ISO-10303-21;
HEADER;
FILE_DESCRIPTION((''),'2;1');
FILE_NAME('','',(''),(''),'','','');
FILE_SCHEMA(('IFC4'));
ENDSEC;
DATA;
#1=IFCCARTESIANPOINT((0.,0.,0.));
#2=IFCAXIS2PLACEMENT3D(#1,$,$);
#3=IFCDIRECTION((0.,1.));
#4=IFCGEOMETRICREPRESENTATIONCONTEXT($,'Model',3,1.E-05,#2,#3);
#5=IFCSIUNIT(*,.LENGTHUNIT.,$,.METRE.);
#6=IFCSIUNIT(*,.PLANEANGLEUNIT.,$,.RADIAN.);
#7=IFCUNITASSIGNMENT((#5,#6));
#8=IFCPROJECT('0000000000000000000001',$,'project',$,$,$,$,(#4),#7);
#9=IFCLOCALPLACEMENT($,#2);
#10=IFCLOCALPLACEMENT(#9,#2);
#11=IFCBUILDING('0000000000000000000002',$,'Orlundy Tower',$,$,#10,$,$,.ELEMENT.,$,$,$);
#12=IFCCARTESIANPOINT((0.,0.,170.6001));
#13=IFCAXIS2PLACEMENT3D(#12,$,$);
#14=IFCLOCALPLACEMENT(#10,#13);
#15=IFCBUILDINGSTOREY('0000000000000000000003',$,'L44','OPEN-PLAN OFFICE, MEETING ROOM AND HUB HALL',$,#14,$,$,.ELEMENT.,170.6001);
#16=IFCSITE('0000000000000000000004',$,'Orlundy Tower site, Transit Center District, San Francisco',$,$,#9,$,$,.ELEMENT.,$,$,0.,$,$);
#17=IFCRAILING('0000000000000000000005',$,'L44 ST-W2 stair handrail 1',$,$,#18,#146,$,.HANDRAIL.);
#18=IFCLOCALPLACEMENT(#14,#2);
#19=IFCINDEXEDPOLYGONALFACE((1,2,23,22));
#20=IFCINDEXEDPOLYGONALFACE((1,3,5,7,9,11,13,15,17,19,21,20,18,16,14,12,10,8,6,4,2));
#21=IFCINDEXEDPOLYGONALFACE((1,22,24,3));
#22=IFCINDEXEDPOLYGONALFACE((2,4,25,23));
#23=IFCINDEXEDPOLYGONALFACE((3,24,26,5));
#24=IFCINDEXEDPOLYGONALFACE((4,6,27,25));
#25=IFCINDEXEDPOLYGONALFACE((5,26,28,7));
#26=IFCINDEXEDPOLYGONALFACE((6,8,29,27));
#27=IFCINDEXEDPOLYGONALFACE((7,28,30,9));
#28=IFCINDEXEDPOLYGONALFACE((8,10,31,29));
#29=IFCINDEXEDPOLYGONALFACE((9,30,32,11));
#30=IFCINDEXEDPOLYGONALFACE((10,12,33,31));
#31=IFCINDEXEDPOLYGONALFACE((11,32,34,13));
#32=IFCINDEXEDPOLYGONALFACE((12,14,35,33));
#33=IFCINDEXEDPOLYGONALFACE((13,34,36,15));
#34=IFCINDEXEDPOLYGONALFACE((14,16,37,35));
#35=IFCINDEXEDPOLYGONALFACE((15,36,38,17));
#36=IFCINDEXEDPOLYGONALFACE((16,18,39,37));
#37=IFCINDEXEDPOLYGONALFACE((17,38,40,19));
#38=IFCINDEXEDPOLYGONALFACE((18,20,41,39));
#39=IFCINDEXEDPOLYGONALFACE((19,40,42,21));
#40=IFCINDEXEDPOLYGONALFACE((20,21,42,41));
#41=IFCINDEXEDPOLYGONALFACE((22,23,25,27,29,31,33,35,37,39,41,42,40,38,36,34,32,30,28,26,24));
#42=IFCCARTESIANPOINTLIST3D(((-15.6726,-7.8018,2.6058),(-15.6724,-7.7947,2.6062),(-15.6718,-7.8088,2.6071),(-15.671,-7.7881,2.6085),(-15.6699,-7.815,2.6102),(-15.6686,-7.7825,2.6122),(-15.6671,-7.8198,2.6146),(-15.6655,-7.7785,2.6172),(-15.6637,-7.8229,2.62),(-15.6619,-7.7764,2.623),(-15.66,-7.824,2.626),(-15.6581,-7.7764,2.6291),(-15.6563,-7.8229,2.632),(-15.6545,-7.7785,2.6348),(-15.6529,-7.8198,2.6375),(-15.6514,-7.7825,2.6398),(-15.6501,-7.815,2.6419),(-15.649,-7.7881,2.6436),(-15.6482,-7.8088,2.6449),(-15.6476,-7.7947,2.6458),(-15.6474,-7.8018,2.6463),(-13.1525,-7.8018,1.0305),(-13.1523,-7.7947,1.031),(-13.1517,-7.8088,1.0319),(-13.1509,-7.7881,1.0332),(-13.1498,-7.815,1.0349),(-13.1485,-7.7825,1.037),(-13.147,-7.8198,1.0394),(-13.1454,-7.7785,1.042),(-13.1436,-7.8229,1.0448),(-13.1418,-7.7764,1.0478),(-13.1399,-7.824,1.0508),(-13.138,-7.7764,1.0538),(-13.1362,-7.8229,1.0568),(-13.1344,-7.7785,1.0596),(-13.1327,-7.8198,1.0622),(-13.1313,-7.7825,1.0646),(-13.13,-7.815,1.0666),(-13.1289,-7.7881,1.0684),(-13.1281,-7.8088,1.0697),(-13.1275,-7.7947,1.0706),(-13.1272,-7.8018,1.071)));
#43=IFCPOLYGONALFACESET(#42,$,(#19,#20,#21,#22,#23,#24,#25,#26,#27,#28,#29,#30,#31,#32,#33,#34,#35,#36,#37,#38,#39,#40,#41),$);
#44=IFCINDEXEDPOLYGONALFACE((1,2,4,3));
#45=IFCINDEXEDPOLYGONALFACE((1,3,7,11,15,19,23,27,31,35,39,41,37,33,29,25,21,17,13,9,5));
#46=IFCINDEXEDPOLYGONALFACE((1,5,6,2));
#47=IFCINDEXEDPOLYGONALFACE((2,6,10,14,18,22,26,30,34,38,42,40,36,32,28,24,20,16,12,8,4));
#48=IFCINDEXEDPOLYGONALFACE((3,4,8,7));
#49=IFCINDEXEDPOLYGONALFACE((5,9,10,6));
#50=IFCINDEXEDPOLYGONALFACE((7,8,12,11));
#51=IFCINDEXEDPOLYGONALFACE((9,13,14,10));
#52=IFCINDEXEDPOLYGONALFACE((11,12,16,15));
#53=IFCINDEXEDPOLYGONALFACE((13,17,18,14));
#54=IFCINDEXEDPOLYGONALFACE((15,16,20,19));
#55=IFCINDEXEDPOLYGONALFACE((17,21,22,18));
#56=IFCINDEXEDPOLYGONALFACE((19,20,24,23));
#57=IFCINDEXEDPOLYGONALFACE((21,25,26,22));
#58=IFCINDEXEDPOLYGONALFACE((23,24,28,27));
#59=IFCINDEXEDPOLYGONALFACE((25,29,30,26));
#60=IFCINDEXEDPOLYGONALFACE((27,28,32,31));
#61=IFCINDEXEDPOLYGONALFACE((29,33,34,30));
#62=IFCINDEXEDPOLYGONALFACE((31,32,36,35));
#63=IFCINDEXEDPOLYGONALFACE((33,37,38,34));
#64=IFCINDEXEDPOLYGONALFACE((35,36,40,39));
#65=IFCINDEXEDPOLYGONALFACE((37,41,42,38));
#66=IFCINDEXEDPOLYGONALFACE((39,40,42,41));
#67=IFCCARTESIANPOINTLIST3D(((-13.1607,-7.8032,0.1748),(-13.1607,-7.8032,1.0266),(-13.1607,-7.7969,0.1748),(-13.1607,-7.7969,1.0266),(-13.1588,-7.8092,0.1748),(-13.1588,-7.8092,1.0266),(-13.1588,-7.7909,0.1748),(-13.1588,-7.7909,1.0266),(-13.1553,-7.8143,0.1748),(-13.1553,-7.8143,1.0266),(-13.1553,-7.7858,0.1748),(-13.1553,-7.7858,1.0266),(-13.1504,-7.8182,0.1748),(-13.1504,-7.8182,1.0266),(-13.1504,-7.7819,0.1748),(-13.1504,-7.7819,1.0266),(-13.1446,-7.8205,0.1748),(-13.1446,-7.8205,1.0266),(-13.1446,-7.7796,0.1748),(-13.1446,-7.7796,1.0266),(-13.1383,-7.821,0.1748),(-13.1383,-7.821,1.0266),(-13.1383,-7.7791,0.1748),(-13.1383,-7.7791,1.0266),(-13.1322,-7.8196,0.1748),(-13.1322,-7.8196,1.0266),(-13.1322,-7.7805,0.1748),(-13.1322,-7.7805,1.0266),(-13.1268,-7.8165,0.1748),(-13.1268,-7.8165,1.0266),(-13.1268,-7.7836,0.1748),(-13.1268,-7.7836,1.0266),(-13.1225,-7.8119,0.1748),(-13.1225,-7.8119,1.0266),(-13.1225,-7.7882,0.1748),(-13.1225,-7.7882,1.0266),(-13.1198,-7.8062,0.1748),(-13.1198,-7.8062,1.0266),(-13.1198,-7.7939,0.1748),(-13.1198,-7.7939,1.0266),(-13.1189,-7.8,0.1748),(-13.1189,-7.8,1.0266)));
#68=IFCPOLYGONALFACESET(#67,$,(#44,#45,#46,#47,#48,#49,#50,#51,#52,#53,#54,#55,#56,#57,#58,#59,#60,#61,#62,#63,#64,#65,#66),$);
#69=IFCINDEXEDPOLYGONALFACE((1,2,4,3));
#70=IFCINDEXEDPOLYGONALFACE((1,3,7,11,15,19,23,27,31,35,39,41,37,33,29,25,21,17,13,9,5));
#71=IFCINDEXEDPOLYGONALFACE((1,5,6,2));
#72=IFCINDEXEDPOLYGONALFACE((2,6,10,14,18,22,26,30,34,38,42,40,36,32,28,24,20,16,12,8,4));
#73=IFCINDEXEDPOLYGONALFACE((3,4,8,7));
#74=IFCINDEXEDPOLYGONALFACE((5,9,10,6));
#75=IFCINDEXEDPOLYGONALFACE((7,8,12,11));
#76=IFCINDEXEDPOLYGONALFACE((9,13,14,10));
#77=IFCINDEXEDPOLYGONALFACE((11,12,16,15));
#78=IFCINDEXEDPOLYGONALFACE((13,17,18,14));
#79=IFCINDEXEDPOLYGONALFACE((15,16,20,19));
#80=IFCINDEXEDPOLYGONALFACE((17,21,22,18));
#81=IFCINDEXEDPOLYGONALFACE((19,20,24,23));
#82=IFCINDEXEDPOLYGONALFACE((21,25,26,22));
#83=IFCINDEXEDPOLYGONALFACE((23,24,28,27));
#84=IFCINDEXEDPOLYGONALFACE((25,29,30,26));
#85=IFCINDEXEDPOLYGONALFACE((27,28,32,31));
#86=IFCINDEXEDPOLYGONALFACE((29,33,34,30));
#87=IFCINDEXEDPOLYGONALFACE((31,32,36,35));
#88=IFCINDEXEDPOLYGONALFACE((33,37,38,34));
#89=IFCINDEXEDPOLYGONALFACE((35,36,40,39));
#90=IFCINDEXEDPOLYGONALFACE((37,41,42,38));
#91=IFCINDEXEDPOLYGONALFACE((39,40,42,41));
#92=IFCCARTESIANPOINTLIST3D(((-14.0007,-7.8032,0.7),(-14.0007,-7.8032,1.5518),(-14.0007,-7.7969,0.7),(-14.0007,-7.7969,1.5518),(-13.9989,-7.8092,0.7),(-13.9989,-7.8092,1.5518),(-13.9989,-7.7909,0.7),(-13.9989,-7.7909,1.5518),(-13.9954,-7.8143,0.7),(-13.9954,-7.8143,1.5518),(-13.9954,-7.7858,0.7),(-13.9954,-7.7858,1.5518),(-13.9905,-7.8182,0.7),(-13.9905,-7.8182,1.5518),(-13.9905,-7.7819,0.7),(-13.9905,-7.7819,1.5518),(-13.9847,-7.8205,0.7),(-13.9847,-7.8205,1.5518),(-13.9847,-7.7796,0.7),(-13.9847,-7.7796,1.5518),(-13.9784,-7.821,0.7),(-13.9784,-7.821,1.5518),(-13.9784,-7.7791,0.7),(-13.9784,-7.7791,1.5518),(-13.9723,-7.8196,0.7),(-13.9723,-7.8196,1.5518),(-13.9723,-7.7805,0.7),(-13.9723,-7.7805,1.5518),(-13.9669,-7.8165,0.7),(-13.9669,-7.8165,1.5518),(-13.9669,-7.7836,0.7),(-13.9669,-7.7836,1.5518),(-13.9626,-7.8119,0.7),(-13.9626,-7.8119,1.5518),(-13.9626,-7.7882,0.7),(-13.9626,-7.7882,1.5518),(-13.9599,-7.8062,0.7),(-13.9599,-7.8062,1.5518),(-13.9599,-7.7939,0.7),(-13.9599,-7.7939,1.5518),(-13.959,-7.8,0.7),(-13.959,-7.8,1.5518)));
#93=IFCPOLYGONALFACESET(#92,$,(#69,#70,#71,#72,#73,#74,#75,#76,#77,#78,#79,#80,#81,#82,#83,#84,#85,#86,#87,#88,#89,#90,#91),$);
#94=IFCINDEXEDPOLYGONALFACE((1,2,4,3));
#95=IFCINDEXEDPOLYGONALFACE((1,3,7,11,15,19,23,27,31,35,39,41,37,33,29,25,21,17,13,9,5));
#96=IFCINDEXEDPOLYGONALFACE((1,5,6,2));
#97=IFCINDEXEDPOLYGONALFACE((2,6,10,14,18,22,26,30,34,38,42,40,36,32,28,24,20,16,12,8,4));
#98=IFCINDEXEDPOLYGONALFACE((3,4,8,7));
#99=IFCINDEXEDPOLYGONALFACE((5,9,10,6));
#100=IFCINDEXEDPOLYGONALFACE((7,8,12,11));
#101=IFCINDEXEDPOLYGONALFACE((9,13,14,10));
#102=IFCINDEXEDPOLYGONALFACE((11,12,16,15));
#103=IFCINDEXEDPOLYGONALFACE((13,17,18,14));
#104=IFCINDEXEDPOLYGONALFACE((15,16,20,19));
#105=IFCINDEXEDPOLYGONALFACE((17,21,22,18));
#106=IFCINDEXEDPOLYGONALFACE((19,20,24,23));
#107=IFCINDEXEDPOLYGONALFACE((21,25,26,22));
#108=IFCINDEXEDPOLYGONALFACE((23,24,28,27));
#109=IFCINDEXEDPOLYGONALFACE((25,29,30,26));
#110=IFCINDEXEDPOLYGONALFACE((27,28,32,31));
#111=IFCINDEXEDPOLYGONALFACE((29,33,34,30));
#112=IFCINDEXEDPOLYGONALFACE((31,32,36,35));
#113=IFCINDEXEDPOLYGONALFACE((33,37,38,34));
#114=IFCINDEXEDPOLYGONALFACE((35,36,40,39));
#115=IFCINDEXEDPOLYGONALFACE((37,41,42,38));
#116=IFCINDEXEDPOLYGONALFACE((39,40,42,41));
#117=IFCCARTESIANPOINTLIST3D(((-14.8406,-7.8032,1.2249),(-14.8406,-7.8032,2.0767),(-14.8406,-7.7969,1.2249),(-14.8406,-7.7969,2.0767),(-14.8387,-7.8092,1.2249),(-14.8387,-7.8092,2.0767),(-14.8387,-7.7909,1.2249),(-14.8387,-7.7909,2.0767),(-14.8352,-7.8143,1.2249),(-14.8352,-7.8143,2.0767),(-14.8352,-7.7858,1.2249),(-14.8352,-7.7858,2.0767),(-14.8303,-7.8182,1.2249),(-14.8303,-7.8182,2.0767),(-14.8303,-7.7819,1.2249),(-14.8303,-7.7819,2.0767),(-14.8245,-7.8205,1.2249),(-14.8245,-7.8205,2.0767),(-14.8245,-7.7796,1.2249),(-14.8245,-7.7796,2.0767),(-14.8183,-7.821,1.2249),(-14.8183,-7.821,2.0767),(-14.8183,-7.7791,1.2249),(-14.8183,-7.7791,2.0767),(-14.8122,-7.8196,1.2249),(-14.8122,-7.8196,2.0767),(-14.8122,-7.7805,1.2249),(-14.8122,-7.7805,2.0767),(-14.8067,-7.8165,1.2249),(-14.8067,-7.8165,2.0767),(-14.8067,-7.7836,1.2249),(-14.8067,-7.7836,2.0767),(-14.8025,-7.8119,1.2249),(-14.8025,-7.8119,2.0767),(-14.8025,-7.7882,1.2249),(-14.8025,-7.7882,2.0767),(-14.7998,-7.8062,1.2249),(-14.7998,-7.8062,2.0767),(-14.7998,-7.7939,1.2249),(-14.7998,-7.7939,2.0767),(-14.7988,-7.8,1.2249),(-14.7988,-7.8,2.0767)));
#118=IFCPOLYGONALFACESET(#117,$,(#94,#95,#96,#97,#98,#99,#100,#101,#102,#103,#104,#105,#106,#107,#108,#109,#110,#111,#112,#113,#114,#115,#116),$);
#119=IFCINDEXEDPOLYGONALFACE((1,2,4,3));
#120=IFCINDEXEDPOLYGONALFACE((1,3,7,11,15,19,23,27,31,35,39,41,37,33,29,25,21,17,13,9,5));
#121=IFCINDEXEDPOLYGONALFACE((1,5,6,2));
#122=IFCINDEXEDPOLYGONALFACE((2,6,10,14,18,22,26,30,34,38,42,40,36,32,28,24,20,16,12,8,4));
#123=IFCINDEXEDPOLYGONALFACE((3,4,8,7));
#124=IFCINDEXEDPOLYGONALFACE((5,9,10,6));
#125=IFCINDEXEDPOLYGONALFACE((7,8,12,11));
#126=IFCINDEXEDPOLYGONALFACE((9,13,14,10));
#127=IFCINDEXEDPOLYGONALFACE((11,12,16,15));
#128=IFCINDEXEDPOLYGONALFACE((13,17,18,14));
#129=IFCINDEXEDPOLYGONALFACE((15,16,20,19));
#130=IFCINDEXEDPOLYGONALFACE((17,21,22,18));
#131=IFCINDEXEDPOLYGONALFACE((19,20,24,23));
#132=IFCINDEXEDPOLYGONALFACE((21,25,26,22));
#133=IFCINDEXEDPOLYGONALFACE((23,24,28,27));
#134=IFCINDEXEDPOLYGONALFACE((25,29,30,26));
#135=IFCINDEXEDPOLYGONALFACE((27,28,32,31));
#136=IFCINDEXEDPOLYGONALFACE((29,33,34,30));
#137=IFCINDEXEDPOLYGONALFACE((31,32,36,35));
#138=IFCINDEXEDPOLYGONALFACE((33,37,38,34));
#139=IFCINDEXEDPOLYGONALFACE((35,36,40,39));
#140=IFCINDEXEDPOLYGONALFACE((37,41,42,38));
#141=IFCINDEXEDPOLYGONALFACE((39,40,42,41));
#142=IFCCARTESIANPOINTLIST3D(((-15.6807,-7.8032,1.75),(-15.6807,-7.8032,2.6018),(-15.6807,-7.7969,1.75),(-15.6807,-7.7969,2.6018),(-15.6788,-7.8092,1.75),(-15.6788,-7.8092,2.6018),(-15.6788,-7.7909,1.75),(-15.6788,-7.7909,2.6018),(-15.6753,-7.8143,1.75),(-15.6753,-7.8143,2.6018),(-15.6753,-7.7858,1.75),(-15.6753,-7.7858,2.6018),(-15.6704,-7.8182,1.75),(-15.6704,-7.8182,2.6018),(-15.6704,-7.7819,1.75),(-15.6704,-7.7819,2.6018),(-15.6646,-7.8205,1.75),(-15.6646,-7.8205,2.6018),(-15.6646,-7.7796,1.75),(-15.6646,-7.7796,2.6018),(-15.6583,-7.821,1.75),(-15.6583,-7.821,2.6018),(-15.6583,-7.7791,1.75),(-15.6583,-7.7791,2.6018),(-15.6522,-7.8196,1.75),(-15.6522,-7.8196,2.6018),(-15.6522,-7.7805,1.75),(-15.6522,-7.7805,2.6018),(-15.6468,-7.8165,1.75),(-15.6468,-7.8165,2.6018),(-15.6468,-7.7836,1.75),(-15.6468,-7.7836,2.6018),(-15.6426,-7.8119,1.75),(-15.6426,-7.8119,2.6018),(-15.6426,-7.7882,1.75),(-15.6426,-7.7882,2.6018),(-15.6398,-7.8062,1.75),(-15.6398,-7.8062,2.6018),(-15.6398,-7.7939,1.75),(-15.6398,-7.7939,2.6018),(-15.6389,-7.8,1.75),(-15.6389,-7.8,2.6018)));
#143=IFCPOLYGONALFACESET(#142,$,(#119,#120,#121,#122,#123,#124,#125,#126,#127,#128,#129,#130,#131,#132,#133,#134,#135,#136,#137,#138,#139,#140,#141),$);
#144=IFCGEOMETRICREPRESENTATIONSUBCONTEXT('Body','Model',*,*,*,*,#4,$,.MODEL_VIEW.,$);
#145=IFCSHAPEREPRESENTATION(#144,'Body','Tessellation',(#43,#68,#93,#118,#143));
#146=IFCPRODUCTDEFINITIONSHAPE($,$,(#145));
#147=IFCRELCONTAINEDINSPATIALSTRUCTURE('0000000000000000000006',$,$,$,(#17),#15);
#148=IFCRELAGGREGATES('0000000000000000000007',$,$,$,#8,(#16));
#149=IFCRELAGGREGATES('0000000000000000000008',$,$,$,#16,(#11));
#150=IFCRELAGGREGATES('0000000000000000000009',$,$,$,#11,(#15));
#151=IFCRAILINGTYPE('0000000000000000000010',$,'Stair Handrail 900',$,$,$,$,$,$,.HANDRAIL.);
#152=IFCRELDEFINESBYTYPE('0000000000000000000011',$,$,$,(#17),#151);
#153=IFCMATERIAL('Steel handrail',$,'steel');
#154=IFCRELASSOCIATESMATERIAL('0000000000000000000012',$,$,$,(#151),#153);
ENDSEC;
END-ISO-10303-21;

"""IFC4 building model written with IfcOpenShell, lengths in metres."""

from ifc_helpers import new_model, si_unit, direction, frame, origin, origin_2d, place, context, subcontext, project, spatial, circle, extrude, material, type_object, element, save


model = new_model("IFC4")

# Units and contexts
model_context = context("Model", 3, precision=1e-05, world=origin(), true_north=direction((0.0, 1.0)))
body_context = subcontext(model_context, "Body", "Model", "MODEL_VIEW")
ifc_project = project(units=[si_unit("LENGTHUNIT", "METRE"), si_unit("PLANEANGLEUNIT", "RADIAN")], contexts=[model_context])

# Site, building, storey
site_placement = place(None, origin())
site = spatial("IfcSite", under=ifc_project, at=site_placement, Name="Orlundy Tower site, Transit Center District, San Francisco", CompositionType="ELEMENT", RefElevation=0.0)
building_placement = place(site_placement, origin())
building = spatial("IfcBuilding", under=site, at=building_placement, Name="Orlundy Tower", CompositionType="ELEMENT")
storey_placement = place(building_placement, frame((0.0, 0.0, 170.6001)))
storey = spatial("IfcBuildingStorey", under=building, at=storey_placement, Name="L44", Description="OPEN-PLAN OFFICE, MEETING ROOM AND HUB HALL", CompositionType="ELEMENT", Elevation=170.6001)

# Railing
ifc_material_1 = material(Name="Steel handrail", Category="steel")
railing_type_1 = type_object("IfcRailingType", Name="Stair Handrail 900", PredefinedType="HANDRAIL", material=ifc_material_1)
railing_1_placement = place(storey_placement, frame((-13.1399, -7.8, 0.1748)))
element("IfcRailing", 1, at=railing_1_placement, inside=storey, type_object=railing_type_1, Name="L44 ST-W2 stair handrail 1", PredefinedType="HANDRAIL", context=body_context, shape_type="SweptSolid", body=[
    extrude(circle(Radius=0.0239, at=origin_2d()), frame((0.0, 0.0, 0.876), z_axis=(-0.847971, 0.0, 0.530043), x_axis=(0.0, -1.0, 0.0)), (0.0, 0.0, 1.0), 2.9719),
    extrude(circle(Radius=0.021, at=origin_2d()), origin(), (0.0, 0.0, 1.0), 0.8518),
    extrude(circle(Radius=0.021, at=origin_2d()), frame((-0.8401, 0.0, 0.5251)), (0.0, 0.0, 1.0), 0.8518),
    extrude(circle(Radius=0.021, at=origin_2d()), frame((-1.6799, 0.0, 1.05)), (0.0, 0.0, 1.0), 0.8518),
    extrude(circle(Radius=0.021, at=origin_2d()), frame((-2.52, 0.0, 1.5752)), (0.0, 0.0, 1.0), 0.8518),
])

save(model, "model.ifc")
